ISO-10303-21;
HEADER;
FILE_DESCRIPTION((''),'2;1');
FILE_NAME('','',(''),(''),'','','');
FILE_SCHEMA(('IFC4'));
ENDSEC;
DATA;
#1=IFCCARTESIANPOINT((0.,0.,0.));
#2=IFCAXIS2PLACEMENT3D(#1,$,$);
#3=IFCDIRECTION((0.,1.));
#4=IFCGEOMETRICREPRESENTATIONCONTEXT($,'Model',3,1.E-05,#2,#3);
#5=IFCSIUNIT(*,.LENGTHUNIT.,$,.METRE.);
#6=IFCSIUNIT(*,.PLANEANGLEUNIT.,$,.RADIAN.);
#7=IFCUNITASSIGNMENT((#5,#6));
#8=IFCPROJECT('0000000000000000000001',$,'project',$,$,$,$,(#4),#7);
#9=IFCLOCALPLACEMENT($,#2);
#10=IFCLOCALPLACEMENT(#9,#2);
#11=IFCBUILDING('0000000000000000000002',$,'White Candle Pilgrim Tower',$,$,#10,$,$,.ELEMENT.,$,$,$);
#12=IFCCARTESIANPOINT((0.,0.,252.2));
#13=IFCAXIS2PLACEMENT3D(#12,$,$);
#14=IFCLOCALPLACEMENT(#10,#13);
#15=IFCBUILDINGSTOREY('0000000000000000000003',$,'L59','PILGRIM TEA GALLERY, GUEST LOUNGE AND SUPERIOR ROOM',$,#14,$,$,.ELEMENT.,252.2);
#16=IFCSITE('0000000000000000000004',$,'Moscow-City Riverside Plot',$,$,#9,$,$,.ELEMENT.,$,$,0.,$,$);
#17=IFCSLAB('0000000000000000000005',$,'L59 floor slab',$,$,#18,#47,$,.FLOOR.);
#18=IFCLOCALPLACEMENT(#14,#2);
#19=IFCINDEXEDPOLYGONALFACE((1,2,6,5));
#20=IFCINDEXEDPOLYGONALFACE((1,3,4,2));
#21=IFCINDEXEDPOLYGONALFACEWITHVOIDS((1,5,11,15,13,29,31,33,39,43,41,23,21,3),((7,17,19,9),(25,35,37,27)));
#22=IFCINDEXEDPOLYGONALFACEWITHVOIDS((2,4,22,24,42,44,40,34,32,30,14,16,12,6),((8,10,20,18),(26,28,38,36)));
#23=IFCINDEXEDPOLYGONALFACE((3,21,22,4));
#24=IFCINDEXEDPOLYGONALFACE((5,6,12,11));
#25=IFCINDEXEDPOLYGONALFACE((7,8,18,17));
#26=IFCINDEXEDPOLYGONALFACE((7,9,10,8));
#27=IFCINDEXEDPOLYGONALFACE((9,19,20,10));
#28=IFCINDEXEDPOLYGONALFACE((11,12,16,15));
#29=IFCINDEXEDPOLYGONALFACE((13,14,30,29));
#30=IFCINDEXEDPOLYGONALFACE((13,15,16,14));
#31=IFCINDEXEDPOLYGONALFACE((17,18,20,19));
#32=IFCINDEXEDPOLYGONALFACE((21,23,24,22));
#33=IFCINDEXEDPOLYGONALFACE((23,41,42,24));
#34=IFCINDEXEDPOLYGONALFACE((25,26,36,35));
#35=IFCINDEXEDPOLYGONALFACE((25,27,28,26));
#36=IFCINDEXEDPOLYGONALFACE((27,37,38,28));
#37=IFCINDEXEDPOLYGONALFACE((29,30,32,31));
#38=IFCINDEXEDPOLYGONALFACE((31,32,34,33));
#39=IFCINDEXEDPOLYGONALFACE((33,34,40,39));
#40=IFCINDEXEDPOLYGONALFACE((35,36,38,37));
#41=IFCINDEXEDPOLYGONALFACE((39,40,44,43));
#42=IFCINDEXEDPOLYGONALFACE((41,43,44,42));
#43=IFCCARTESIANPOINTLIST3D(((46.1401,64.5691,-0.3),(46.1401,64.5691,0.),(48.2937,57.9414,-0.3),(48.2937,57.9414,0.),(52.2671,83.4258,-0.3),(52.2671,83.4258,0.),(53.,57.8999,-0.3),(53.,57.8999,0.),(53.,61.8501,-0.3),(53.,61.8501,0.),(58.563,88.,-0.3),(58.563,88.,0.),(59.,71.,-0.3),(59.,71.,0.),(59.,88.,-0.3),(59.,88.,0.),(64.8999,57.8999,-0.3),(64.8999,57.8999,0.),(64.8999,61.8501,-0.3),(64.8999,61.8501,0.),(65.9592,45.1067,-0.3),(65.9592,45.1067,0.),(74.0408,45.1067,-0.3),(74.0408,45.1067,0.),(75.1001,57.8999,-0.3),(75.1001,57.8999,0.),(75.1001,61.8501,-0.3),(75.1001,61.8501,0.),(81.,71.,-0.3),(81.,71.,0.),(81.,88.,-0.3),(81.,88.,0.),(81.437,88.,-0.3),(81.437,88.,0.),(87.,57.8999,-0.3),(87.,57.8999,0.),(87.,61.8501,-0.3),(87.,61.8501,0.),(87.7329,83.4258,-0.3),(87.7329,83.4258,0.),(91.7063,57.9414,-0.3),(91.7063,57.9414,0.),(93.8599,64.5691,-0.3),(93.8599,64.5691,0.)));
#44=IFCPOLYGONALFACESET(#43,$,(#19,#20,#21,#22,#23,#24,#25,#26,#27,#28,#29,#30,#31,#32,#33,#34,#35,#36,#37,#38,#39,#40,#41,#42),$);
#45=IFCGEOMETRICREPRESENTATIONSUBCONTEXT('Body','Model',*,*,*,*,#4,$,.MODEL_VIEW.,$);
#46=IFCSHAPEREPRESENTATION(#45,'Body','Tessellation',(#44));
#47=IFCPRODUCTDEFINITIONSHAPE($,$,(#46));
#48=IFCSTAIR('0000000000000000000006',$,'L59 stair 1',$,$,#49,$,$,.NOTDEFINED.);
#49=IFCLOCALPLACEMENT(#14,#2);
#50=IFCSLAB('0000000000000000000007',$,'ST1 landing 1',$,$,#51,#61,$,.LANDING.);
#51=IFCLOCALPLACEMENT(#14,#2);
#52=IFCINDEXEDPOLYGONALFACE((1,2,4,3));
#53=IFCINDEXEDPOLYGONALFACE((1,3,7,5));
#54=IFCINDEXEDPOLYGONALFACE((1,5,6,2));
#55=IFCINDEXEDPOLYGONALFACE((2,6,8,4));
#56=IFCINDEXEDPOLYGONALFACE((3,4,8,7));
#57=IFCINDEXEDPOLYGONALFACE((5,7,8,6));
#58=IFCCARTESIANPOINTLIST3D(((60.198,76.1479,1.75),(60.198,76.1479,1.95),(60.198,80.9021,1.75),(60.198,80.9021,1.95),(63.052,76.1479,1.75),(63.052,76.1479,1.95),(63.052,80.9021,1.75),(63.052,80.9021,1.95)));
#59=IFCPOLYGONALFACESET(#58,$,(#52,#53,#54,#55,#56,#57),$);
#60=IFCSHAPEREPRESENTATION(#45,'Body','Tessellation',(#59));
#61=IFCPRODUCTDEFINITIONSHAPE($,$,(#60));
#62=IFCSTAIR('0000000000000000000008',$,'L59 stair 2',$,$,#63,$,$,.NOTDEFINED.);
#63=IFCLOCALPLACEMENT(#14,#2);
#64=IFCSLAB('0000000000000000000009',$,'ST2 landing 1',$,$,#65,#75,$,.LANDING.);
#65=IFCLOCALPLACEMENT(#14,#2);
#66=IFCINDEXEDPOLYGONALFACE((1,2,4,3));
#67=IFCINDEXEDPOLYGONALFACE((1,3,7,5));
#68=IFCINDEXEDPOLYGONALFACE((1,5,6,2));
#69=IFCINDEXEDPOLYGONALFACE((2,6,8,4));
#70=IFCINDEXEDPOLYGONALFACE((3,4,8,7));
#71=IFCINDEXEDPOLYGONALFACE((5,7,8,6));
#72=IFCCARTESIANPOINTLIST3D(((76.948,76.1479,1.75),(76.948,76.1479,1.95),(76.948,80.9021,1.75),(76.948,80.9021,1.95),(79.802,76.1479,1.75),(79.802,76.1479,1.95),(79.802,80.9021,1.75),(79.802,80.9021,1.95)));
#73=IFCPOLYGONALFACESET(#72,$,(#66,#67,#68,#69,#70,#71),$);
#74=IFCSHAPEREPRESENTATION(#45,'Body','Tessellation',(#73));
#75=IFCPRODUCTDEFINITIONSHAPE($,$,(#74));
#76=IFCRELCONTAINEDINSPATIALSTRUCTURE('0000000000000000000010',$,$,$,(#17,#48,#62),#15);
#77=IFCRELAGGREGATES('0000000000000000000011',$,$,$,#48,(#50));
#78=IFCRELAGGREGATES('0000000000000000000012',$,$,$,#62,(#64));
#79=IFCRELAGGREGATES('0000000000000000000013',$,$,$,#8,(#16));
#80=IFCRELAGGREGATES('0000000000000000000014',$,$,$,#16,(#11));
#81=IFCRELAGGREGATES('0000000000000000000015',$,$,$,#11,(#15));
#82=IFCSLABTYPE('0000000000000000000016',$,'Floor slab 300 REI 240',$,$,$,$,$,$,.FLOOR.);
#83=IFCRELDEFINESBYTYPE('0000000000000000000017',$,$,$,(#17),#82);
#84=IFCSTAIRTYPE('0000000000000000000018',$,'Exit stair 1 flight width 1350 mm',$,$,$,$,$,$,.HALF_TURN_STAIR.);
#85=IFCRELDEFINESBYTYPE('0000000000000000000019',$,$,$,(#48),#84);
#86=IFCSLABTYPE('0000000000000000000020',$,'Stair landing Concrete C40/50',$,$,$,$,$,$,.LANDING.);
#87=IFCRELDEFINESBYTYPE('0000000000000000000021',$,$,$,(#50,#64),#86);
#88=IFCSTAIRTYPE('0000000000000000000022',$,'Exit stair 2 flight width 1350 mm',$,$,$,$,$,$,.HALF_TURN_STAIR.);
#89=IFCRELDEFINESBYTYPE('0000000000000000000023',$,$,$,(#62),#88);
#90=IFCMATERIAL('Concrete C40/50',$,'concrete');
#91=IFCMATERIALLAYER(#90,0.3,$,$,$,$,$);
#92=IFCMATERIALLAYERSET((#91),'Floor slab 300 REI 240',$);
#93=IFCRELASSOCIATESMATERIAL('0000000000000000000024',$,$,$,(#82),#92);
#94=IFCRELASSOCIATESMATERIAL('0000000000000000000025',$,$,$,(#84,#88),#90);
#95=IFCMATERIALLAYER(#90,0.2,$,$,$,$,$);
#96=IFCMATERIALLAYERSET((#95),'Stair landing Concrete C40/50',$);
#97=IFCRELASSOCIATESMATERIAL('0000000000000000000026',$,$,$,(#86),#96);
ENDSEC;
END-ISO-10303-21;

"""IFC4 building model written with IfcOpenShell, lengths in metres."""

from ifc_helpers import new_model, si_unit, direction, frame, origin, place, context, subcontext, project, spatial, polyline, outline, extrude, material, layer, layer_set, type_object, element, aggregate, save


model = new_model("IFC4")

# Units and contexts
model_context = context("Model", 3, precision=1e-05, world=origin(), true_north=direction((0.0, 1.0)))
body_context = subcontext(model_context, "Body", "Model", "MODEL_VIEW")
ifc_project = project(units=[si_unit("LENGTHUNIT", "METRE"), si_unit("PLANEANGLEUNIT", "RADIAN")], contexts=[model_context])

# Site, building, storey
site_placement = place(None, origin())
site = spatial("IfcSite", under=ifc_project, at=site_placement, Name="Moscow-City Riverside Plot", CompositionType="ELEMENT", RefElevation=0.0)
building_placement = place(site_placement, origin())
building = spatial("IfcBuilding", under=site, at=building_placement, Name="White Candle Pilgrim Tower", CompositionType="ELEMENT")
storey_placement = place(building_placement, frame((0.0, 0.0, 252.2)))
storey = spatial("IfcBuildingStorey", under=building, at=storey_placement, Name="L59", Description="PILGRIM TEA GALLERY, GUEST LOUNGE AND SUPERIOR ROOM", CompositionType="ELEMENT", Elevation=252.2)

# Slab
ifc_material = material(Name="Concrete C40/50", Category="concrete")
ifc_layer_1 = layer(ifc_material, 0.3)
ifc_layer_set_1 = layer_set([ifc_layer_1], Name="Floor slab 300 REI 240")
slab_type_1 = type_object("IfcSlabType", Name="Floor slab 300 REI 240", PredefinedType="FLOOR", material=ifc_layer_set_1)
slab_1_placement = place(storey_placement, frame((0.0, 0.0, -0.3)))
element("IfcSlab", 1, at=slab_1_placement, inside=storey, type_object=slab_type_1, Name="L59 floor slab", PredefinedType="FLOOR", context=body_context, shape_type="SweptSolid", body=[
    extrude(outline(polyline([(65.9592, 45.1067), (74.0408, 45.1067), (91.7063, 57.9414), (93.8599, 64.5691), (87.7329, 83.4258), (81.437, 88.0), (81.0, 88.0), (81.0, 71.0), (59.0, 71.0), (59.0, 88.0), (58.563, 88.0), (52.2671, 83.4258), (46.1401, 64.5691), (48.2937, 57.9414), (65.9592, 45.1067)]), holes=[polyline([(53.0, 57.8999), (53.0, 61.8501), (64.8999, 61.8501), (64.8999, 57.8999), (53.0, 57.8999)]), polyline([(75.1001, 57.8999), (75.1001, 61.8501), (87.0, 61.8501), (87.0, 57.8999), (75.1001, 57.8999)])]), origin(), (0.0, 0.0, 1.0), 0.3),
])

# Stairs, slabs
stair_type_1 = type_object("IfcStairType", Name="Exit stair 1 flight width 1350 mm", PredefinedType="HALF_TURN_STAIR", material=ifc_material)
stair_1_placement = place(storey_placement, origin())
stair_1 = element("IfcStair", 2, at=stair_1_placement, inside=storey, type_object=stair_type_1, Name="L59 stair 1", PredefinedType="NOTDEFINED")
ifc_layer_2 = layer(ifc_material, 0.2)
ifc_layer_set_2 = layer_set([ifc_layer_2], Name="Stair landing Concrete C40/50")
slab_type_2 = type_object("IfcSlabType", Name="Stair landing Concrete C40/50", PredefinedType="LANDING", material=ifc_layer_set_2)
slab_2_placement = place(storey_placement, frame((0.0, 0.0, 1.75)))
slab_2 = element("IfcSlab", 3, at=slab_2_placement, type_object=slab_type_2, Name="ST1 landing 1", PredefinedType="LANDING", context=body_context, shape_type="SweptSolid", body=[
    extrude(outline(polyline([(63.052, 76.1479), (60.198, 76.1479), (60.198, 80.9021), (63.052, 80.9021), (63.052, 76.1479)])), origin(), (0.0, 0.0, 1.0), 0.2),
])
aggregate(stair_1, [slab_2])
stair_type_2 = type_object("IfcStairType", Name="Exit stair 2 flight width 1350 mm", PredefinedType="HALF_TURN_STAIR", material=ifc_material)
stair_2_placement = place(storey_placement, origin())
stair_2 = element("IfcStair", 4, at=stair_2_placement, inside=storey, type_object=stair_type_2, Name="L59 stair 2", PredefinedType="NOTDEFINED")
slab_3_placement = place(storey_placement, frame((0.0, 0.0, 1.75)))
slab_3 = element("IfcSlab", 5, at=slab_3_placement, type_object=slab_type_2, Name="ST2 landing 1", PredefinedType="LANDING", context=body_context, shape_type="SweptSolid", body=[
    extrude(outline(polyline([(79.802, 76.1479), (76.948, 76.1479), (76.948, 80.9021), (79.802, 80.9021), (79.802, 76.1479)])), origin(), (0.0, 0.0, 1.0), 0.2),
])
aggregate(stair_2, [slab_3])

save(model, "model.ifc")
